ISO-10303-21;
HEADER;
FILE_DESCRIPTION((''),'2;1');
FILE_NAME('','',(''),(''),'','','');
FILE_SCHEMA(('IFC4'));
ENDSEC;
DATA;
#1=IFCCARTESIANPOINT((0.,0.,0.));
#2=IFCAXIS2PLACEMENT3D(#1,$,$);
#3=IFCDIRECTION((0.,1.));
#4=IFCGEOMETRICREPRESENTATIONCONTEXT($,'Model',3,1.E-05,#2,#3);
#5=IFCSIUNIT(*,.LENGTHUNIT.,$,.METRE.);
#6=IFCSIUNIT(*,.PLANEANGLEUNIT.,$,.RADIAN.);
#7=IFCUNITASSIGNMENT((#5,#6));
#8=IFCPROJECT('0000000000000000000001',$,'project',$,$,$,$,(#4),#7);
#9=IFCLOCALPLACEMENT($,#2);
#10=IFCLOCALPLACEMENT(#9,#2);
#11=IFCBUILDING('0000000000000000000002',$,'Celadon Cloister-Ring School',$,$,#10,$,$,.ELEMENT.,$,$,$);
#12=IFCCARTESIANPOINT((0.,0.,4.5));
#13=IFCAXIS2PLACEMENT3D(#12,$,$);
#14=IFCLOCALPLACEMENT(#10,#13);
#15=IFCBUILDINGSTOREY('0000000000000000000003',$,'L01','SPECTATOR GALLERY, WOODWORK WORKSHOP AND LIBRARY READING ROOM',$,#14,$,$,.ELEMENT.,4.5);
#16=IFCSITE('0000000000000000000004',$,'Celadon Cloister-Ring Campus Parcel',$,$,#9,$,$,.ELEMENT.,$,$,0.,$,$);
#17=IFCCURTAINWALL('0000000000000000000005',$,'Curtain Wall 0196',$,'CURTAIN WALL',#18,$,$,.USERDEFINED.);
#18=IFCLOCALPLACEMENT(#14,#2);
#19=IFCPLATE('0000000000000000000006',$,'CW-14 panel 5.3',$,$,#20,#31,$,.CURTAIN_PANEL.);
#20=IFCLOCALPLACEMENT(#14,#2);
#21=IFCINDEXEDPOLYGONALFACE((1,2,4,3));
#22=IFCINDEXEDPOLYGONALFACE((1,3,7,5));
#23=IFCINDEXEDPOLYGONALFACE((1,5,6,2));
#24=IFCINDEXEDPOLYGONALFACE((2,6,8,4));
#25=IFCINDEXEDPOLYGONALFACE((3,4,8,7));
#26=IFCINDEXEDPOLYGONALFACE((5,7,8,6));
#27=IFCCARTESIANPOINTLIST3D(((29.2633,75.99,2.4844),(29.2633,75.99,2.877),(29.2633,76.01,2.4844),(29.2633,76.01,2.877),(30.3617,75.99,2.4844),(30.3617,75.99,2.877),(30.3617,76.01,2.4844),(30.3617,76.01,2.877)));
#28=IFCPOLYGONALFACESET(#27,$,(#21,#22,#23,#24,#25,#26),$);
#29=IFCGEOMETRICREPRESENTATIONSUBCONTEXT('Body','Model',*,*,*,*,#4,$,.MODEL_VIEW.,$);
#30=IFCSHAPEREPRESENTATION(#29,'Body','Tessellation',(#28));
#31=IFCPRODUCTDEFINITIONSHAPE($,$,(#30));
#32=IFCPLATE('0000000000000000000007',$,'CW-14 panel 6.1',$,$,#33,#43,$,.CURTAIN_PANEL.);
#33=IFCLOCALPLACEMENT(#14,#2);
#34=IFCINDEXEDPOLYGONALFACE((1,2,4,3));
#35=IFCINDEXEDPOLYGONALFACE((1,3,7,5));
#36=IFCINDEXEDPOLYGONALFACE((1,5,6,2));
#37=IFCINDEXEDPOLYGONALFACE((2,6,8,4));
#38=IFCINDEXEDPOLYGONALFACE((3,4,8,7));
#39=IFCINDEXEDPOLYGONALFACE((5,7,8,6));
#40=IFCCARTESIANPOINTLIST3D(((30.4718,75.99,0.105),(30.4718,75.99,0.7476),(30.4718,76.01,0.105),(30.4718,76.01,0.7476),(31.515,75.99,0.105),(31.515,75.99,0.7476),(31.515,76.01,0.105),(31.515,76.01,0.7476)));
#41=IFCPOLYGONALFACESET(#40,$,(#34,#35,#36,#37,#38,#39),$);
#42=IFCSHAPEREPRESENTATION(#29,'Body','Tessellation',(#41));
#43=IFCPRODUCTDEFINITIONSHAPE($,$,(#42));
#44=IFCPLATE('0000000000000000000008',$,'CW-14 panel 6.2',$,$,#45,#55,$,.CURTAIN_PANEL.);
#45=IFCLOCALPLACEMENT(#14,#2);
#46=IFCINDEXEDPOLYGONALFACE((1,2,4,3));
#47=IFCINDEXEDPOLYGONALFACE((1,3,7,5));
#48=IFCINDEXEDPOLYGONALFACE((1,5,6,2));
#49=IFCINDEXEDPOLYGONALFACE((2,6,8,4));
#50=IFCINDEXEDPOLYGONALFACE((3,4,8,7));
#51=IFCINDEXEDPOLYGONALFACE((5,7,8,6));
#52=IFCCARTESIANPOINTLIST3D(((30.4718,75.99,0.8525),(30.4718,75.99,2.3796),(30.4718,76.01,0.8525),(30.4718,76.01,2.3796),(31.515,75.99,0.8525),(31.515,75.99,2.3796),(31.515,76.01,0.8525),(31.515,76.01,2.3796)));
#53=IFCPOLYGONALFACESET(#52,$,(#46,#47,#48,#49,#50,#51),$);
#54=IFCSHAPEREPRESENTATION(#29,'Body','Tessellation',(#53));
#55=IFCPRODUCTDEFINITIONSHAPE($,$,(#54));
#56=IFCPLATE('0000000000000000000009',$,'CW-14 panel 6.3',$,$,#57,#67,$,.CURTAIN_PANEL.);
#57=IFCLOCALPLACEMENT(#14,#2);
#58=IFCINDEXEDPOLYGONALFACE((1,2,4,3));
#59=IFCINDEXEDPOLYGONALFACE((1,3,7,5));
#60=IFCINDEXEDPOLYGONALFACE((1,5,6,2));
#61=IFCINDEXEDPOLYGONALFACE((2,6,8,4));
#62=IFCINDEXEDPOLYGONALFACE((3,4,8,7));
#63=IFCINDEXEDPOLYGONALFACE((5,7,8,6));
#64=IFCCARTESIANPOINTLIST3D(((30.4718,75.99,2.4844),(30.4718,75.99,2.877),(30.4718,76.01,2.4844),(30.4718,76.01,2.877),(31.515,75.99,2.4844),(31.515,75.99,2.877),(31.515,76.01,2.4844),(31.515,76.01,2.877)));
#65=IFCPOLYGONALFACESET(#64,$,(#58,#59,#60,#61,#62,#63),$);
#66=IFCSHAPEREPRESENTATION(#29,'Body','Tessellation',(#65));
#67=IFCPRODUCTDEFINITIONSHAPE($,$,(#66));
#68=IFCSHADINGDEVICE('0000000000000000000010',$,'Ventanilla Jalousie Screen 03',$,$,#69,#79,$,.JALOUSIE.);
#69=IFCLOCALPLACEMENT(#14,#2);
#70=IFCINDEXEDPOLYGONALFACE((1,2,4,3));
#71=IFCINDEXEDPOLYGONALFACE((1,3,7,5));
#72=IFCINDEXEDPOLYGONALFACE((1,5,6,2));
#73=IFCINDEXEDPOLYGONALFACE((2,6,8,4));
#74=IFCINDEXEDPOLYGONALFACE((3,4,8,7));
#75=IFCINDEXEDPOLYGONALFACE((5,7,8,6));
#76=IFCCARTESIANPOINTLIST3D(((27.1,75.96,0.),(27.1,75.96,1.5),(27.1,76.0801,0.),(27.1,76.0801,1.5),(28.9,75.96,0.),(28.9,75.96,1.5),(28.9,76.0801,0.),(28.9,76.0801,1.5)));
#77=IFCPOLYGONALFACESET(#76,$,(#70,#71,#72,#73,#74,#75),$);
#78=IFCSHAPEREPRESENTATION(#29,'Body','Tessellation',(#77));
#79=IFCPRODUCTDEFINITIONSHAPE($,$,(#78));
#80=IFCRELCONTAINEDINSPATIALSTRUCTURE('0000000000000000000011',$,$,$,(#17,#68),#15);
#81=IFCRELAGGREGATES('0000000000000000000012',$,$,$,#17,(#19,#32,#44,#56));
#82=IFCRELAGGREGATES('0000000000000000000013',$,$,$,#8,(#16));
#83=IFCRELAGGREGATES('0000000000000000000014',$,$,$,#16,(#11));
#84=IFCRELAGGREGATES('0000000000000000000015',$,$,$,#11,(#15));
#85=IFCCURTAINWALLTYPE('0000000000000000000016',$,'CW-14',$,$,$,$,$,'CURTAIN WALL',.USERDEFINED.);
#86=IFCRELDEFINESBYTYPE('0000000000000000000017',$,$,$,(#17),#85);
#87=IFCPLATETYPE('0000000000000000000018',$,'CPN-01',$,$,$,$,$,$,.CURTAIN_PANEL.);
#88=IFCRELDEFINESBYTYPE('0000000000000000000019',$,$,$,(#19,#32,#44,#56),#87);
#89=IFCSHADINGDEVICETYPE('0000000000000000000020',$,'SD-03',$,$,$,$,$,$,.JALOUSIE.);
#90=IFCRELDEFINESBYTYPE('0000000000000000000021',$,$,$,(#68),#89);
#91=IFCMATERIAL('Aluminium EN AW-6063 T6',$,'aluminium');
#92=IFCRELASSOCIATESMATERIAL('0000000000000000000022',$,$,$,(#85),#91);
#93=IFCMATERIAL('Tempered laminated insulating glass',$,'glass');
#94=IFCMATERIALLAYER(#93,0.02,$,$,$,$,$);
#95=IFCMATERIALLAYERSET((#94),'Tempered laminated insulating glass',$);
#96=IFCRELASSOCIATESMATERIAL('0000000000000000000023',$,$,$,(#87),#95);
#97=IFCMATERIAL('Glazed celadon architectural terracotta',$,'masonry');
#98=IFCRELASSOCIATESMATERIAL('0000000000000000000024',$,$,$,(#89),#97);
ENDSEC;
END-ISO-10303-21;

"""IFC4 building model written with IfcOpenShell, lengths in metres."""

from ifc_helpers import new_model, si_unit, direction, frame, origin, origin_2d, place, context, subcontext, project, spatial, rectangle, extrude, material, layer, layer_set, type_object, element, aggregate, save


model = new_model("IFC4")

# Units and contexts
model_context = context("Model", 3, precision=1e-05, world=origin(), true_north=direction((0.0, 1.0)))
body_context = subcontext(model_context, "Body", "Model", "MODEL_VIEW")
ifc_project = project(units=[si_unit("LENGTHUNIT", "METRE"), si_unit("PLANEANGLEUNIT", "RADIAN")], contexts=[model_context])

# Site, building, storey
site_placement = place(None, origin())
site = spatial("IfcSite", under=ifc_project, at=site_placement, Name="Celadon Cloister-Ring Campus Parcel", CompositionType="ELEMENT", RefElevation=0.0)
building_placement = place(site_placement, origin())
building = spatial("IfcBuilding", under=site, at=building_placement, Name="Celadon Cloister-Ring School", CompositionType="ELEMENT")
storey_placement = place(building_placement, frame((0.0, 0.0, 4.5)))
storey = spatial("IfcBuildingStorey", under=building, at=storey_placement, Name="L01", Description="SPECTATOR GALLERY, WOODWORK WORKSHOP AND LIBRARY READING ROOM", CompositionType="ELEMENT", Elevation=4.5)

# Curtain wall, plates
ifc_material_1 = material(Name="Aluminium EN AW-6063 T6", Category="aluminium")
curtain_wall_type = type_object("IfcCurtainWallType", Name="CW-14", ElementType="CURTAIN WALL", PredefinedType="USERDEFINED", material=ifc_material_1)
curtain_wall_placement = place(storey_placement, origin())
curtain_wall = element("IfcCurtainWall", 1, at=curtain_wall_placement, inside=storey, type_object=curtain_wall_type, Name="Curtain Wall 0196", ObjectType="CURTAIN WALL", PredefinedType="USERDEFINED")
ifc_material_2 = material(Name="Tempered laminated insulating glass", Category="glass")
ifc_layer = layer(ifc_material_2, 0.02)
ifc_layer_set = layer_set([ifc_layer], Name="Tempered laminated insulating glass")
plate_type = type_object("IfcPlateType", Name="CPN-01", PredefinedType="CURTAIN_PANEL", material=ifc_layer_set)
plate_1_placement = place(storey_placement, frame((29.8125, 76.0, 2.4844), z_axis=(0.0, 0.0, 1.0), x_axis=(1.0, 0.0, 0.0)))
plate_1 = element("IfcPlate", 2, at=plate_1_placement, type_object=plate_type, Name="CW-14 panel 5.3", PredefinedType="CURTAIN_PANEL", context=body_context, shape_type="SweptSolid", body=[
    extrude(rectangle(XDim=1.0984, YDim=0.02, at=origin_2d()), origin(), (0.0, 0.0, 1.0), 0.3926),
])
plate_2_placement = place(storey_placement, frame((30.9934, 76.0, 0.105), z_axis=(0.0, 0.0, 1.0), x_axis=(1.0, 0.0, 0.0)))
plate_2 = element("IfcPlate", 3, at=plate_2_placement, type_object=plate_type, Name="CW-14 panel 6.1", PredefinedType="CURTAIN_PANEL", context=body_context, shape_type="SweptSolid", body=[
    extrude(rectangle(XDim=1.0432, YDim=0.02, at=origin_2d()), origin(), (0.0, 0.0, 1.0), 0.6426),
])
plate_3_placement = place(storey_placement, frame((30.9934, 76.0, 0.8525), z_axis=(0.0, 0.0, 1.0), x_axis=(1.0, 0.0, 0.0)))
plate_3 = element("IfcPlate", 4, at=plate_3_placement, type_object=plate_type, Name="CW-14 panel 6.2", PredefinedType="CURTAIN_PANEL", context=body_context, shape_type="SweptSolid", body=[
    extrude(rectangle(XDim=1.0432, YDim=0.02, at=origin_2d()), origin(), (0.0, 0.0, 1.0), 1.5271),
])
plate_4_placement = place(storey_placement, frame((30.9934, 76.0, 2.4844), z_axis=(0.0, 0.0, 1.0), x_axis=(1.0, 0.0, 0.0)))
plate_4 = element("IfcPlate", 5, at=plate_4_placement, type_object=plate_type, Name="CW-14 panel 6.3", PredefinedType="CURTAIN_PANEL", context=body_context, shape_type="SweptSolid", body=[
    extrude(rectangle(XDim=1.0432, YDim=0.02, at=origin_2d()), origin(), (0.0, 0.0, 1.0), 0.3926),
])
aggregate(curtain_wall, [plate_1, plate_2, plate_3, plate_4])

# Shading device
ifc_material_3 = material(Name="Glazed celadon architectural terracotta", Category="masonry")
shading_device_type = type_object("IfcShadingDeviceType", Name="SD-03", PredefinedType="JALOUSIE", material=ifc_material_3)
shading_device_placement = place(storey_placement, frame((28.0, 76.02, 0.0), z_axis=(0.0, 0.0, 1.0), x_axis=(1.0, 0.0, 0.0)))
element("IfcShadingDevice", 6, at=shading_device_placement, inside=storey, type_object=shading_device_type, Name="Ventanilla Jalousie Screen 03", PredefinedType="JALOUSIE", context=body_context, shape_type="SweptSolid", body=[
    extrude(rectangle(XDim=1.8, YDim=0.1201, at=origin_2d()), origin(), (0.0, 0.0, 1.0), 1.5),
])

save(model, "model.ifc")
